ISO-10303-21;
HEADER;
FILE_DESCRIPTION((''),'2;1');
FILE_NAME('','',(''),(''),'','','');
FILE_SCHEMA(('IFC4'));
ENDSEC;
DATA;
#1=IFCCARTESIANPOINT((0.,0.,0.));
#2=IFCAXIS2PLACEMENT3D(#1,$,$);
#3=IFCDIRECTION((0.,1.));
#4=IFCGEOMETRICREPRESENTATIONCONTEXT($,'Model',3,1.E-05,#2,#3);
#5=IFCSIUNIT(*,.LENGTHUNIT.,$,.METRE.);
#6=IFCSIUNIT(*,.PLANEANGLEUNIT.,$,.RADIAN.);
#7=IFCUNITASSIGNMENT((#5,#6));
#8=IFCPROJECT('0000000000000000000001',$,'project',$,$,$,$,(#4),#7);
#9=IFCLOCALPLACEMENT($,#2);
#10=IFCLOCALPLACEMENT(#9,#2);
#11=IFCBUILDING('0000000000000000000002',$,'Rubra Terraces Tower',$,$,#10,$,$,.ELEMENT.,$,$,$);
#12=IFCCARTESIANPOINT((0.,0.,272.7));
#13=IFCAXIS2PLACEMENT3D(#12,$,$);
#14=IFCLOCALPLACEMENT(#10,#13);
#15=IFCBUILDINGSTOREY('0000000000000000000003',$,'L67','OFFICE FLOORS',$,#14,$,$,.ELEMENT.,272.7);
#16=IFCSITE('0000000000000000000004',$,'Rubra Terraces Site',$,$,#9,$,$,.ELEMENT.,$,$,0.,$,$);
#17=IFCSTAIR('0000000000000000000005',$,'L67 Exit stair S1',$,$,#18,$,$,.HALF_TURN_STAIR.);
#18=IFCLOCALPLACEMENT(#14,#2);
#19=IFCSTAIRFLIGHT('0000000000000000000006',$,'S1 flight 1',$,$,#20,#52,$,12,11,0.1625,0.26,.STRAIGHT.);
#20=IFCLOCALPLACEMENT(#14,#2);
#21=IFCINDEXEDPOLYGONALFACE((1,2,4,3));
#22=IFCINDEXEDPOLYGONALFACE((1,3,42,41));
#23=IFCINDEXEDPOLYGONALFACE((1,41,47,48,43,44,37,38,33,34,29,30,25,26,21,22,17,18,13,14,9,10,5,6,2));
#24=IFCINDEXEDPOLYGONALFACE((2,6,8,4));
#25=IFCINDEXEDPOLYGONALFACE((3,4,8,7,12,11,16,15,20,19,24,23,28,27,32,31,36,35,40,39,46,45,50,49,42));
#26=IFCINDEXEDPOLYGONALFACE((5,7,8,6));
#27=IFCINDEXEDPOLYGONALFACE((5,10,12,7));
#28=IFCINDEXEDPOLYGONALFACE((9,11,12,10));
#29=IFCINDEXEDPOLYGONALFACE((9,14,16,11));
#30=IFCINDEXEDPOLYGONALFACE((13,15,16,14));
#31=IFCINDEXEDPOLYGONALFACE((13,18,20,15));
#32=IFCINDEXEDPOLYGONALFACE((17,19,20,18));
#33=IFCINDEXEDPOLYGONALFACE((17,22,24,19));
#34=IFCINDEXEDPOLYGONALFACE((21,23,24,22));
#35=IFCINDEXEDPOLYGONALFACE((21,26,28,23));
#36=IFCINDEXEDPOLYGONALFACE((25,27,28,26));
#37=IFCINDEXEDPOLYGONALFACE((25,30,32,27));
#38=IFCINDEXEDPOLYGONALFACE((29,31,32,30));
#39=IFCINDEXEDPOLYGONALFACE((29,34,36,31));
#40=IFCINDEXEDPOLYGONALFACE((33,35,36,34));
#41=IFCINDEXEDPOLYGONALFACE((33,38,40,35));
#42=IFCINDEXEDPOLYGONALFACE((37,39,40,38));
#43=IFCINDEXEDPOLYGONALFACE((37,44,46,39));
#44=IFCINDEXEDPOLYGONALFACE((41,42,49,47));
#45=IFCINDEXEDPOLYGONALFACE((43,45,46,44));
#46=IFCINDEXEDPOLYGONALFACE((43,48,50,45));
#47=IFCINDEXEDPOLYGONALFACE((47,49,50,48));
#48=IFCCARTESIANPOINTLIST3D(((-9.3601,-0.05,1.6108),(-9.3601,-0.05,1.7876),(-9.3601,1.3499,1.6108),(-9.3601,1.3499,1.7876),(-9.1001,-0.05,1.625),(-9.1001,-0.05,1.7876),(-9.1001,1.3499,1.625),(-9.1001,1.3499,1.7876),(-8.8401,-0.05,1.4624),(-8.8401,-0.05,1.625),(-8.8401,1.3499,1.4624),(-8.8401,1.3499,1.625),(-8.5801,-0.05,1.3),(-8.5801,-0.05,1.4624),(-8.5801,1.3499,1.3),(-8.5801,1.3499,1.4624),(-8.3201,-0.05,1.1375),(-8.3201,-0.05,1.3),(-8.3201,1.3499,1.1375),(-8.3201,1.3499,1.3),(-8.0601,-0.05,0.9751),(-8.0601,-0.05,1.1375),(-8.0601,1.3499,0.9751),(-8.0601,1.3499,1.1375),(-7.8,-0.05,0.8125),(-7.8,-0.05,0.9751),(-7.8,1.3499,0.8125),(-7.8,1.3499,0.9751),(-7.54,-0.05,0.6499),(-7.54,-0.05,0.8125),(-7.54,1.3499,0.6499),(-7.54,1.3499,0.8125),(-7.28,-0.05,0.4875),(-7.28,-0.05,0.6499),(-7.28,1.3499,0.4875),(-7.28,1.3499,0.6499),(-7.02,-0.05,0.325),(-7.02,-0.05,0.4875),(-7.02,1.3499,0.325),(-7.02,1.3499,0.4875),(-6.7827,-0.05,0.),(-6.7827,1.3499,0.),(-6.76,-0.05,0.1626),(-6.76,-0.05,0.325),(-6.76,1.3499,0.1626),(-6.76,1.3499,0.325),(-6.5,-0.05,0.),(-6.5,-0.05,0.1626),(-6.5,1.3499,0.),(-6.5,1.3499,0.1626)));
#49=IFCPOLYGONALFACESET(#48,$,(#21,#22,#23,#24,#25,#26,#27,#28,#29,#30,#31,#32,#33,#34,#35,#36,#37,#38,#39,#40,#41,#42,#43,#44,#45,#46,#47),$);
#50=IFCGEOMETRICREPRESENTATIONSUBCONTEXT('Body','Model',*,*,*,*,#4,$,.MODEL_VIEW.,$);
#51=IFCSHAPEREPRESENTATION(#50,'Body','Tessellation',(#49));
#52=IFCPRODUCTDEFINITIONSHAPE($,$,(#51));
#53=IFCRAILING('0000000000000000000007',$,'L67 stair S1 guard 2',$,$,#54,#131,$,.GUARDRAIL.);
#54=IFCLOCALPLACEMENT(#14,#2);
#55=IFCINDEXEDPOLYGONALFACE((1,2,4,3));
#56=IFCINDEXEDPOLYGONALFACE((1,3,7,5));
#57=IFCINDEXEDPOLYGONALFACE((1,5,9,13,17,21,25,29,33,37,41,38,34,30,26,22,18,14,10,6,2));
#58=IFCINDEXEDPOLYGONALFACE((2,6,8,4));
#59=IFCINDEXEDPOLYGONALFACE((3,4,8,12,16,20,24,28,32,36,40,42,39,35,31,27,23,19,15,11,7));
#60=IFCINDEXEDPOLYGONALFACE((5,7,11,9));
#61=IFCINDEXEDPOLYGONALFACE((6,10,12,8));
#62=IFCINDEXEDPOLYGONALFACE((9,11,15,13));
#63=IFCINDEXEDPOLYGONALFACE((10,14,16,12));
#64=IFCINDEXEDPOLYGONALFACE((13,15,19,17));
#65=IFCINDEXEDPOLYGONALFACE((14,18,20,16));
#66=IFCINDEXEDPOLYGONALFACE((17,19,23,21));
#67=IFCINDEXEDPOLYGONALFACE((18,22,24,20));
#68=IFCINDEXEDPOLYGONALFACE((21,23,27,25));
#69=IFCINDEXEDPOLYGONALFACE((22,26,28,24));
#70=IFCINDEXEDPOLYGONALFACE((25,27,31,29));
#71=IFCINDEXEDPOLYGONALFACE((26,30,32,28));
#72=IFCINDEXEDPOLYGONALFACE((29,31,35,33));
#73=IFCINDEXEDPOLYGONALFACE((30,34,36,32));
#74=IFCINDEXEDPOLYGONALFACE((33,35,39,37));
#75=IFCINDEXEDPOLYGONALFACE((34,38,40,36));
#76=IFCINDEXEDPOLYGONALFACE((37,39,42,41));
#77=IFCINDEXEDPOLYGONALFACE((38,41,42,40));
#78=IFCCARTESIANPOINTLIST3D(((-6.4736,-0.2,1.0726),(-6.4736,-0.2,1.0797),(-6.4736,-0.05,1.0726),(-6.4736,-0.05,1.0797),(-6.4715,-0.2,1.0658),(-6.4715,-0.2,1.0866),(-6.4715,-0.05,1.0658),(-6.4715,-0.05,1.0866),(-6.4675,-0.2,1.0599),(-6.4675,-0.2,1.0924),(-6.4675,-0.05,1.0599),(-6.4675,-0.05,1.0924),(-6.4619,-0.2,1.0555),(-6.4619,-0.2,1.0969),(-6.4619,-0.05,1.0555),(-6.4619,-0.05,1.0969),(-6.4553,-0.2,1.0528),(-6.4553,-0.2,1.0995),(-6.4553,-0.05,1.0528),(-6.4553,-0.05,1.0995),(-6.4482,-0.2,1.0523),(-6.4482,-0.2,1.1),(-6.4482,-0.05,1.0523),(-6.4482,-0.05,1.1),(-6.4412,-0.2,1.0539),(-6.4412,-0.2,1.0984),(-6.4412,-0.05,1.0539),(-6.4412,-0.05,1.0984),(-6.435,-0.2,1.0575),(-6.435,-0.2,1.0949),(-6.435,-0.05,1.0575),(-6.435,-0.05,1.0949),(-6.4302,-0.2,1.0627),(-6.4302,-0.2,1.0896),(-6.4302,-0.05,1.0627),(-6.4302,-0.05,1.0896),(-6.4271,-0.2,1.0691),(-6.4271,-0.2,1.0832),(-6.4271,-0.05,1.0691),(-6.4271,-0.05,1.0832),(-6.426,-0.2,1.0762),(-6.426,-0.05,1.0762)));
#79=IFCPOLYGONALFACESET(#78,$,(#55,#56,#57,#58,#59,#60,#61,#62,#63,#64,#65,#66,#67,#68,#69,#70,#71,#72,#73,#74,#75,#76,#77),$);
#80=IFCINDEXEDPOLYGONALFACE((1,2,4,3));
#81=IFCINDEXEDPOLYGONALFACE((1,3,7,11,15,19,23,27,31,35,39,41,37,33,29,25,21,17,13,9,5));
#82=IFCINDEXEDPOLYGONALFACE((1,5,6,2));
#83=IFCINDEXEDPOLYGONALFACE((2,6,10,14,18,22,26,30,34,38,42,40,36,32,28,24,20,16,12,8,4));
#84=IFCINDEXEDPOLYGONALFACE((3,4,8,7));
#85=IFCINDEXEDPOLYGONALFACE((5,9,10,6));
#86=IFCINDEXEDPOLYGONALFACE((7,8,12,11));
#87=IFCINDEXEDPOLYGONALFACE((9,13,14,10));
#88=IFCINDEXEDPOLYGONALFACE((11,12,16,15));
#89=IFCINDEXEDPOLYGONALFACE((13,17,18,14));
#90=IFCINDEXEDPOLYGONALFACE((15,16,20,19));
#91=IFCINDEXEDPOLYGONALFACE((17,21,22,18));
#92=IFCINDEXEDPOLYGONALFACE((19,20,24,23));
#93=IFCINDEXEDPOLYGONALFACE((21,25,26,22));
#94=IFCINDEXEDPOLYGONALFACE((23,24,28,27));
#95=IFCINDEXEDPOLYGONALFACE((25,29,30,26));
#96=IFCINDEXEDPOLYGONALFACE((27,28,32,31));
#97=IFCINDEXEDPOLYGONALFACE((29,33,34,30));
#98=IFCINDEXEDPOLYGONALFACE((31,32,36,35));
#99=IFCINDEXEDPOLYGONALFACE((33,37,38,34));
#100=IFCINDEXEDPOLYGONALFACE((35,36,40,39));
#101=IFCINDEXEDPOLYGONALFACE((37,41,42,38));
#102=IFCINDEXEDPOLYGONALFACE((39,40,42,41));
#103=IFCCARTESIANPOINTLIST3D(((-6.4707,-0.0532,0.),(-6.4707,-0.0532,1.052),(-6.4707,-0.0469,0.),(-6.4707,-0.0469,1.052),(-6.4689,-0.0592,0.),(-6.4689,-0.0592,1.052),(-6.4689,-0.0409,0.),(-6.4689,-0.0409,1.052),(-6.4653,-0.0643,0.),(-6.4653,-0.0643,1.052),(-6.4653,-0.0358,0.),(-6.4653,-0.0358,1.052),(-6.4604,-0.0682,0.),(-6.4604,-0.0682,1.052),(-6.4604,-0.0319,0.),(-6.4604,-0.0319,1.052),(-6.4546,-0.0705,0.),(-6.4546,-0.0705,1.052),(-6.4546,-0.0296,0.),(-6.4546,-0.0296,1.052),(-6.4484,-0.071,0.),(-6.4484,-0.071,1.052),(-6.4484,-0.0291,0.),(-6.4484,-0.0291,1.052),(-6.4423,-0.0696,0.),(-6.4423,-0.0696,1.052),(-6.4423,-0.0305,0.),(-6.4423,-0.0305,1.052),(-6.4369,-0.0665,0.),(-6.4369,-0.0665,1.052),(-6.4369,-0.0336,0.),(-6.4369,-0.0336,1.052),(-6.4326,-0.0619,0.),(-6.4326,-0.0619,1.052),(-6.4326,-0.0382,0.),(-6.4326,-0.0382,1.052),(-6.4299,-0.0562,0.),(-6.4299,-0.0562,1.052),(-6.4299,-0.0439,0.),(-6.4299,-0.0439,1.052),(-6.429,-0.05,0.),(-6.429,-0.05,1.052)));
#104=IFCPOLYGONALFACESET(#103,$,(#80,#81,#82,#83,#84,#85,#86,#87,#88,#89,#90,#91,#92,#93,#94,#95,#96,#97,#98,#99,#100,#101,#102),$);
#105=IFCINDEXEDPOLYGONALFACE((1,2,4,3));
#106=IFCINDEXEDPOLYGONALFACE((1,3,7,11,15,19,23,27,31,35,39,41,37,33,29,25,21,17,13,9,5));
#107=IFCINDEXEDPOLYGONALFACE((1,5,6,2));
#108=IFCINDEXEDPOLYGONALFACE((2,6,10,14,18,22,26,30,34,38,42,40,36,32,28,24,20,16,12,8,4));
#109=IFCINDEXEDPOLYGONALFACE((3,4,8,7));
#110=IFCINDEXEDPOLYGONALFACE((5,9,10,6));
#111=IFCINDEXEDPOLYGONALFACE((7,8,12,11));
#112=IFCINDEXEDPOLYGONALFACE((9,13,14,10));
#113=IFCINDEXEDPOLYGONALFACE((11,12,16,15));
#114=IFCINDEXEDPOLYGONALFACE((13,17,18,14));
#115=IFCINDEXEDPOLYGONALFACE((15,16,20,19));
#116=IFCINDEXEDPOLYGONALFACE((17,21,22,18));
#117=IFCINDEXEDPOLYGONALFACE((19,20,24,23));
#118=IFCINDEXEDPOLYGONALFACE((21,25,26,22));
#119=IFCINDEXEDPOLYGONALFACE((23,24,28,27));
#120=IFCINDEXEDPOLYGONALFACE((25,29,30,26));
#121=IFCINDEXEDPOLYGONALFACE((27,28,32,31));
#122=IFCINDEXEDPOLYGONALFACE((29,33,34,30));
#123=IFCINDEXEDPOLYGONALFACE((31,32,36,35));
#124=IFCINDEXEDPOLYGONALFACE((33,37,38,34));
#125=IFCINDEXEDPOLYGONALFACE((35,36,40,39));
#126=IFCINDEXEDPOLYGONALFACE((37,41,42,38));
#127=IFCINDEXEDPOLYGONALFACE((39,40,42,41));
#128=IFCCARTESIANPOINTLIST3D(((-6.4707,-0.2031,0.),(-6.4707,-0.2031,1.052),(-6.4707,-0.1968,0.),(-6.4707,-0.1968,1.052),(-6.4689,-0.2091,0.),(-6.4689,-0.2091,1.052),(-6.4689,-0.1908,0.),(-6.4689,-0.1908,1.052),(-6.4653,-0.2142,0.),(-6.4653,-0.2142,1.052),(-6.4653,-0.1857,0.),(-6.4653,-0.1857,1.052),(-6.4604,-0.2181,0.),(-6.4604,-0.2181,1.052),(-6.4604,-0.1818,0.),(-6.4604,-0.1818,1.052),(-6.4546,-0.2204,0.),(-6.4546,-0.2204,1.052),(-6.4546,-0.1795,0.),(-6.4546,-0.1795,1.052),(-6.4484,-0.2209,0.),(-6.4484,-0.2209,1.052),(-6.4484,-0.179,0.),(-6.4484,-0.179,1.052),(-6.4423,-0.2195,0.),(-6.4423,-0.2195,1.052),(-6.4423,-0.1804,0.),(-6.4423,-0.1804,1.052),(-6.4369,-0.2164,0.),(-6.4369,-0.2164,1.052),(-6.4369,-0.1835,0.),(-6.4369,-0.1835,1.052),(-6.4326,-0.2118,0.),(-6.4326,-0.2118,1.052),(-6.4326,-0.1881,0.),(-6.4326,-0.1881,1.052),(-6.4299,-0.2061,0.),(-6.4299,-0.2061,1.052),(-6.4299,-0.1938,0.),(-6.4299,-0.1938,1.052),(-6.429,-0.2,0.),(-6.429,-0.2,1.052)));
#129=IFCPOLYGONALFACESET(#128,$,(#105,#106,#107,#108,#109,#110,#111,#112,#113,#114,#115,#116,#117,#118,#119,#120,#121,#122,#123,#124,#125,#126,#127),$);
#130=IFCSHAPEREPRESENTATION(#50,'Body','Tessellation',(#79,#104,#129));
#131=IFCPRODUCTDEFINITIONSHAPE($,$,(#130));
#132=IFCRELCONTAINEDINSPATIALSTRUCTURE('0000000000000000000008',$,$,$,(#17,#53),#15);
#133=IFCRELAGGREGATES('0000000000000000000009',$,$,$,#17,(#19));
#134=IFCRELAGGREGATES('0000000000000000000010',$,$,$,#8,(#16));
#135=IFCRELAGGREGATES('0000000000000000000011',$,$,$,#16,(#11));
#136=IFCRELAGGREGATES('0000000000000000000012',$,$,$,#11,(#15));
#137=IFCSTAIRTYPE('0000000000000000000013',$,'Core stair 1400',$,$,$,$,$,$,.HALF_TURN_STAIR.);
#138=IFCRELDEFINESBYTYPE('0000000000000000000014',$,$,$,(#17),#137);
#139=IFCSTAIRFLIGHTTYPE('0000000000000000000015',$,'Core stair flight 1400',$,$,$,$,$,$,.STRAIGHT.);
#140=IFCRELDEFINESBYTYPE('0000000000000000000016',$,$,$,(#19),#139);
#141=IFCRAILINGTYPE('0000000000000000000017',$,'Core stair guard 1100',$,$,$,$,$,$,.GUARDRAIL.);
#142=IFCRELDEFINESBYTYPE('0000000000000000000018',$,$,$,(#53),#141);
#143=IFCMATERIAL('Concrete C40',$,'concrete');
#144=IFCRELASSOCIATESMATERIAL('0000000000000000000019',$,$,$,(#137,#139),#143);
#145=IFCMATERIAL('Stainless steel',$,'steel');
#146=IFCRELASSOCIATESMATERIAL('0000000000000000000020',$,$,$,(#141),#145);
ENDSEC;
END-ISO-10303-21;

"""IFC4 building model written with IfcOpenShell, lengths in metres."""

from ifc_helpers import new_model, si_unit, direction, frame, origin, origin_2d, place, context, subcontext, project, spatial, polyline, circle, outline, extrude, material, type_object, element, aggregate, save


model = new_model("IFC4")

# Units and contexts
model_context = context("Model", 3, precision=1e-05, world=origin(), true_north=direction((0.0, 1.0)))
body_context = subcontext(model_context, "Body", "Model", "MODEL_VIEW")
ifc_project = project(units=[si_unit("LENGTHUNIT", "METRE"), si_unit("PLANEANGLEUNIT", "RADIAN")], contexts=[model_context])

# Site, building, storey
site_placement = place(None, origin())
site = spatial("IfcSite", under=ifc_project, at=site_placement, Name="Rubra Terraces Site", CompositionType="ELEMENT", RefElevation=0.0)
building_placement = place(site_placement, origin())
building = spatial("IfcBuilding", under=site, at=building_placement, Name="Rubra Terraces Tower", CompositionType="ELEMENT")
storey_placement = place(building_placement, frame((0.0, 0.0, 272.7)))
storey = spatial("IfcBuildingStorey", under=building, at=storey_placement, Name="L67", Description="OFFICE FLOORS", CompositionType="ELEMENT", Elevation=272.7)

# Shared definitions
ifc_material_1 = material(Name="Stainless steel", Category="steel")

# Shared definitions
ifc_material_2 = material(Name="Concrete C40", Category="concrete")

# Stair, stair flight
stair_type = type_object("IfcStairType", Name="Core stair 1400", PredefinedType="HALF_TURN_STAIR", material=ifc_material_2)
stair_placement = place(storey_placement, origin())
stair = element("IfcStair", 1, at=stair_placement, inside=storey, type_object=stair_type, Name="L67 Exit stair S1", PredefinedType="HALF_TURN_STAIR")
stair_flight_type = type_object("IfcStairFlightType", Name="Core stair flight 1400", PredefinedType="STRAIGHT", material=ifc_material_2)
stair_flight_placement = place(storey_placement, frame((-6.5, 0.6499, 0.0), z_axis=(0.0, 0.0, 1.0), x_axis=(-1.0, 0.0, 0.0)))
stair_flight = element("IfcStairFlight", 2, at=stair_flight_placement, type_object=stair_flight_type, Name="S1 flight 1", NumberOfRisers=12, NumberOfTreads=11, PredefinedType="STRAIGHT", RiserHeight=0.1625, TreadLength=0.26, context=body_context, shape_type="SweptSolid", body=[
    extrude(outline(polyline([(0.0, 0.0), (0.0, 0.1626), (0.26, 0.1626), (0.26, 0.325), (0.52, 0.325), (0.52, 0.4875), (0.78, 0.4875), (0.78, 0.6499), (1.04, 0.6499), (1.04, 0.8125), (1.3, 0.8125), (1.3, 0.9751), (1.5601, 0.9751), (1.5601, 1.1375), (1.8201, 1.1375), (1.8201, 1.3), (2.0801, 1.3), (2.0801, 1.4624), (2.3401, 1.4624), (2.3401, 1.625), (2.6001, 1.625), (2.6001, 1.7876), (2.8601, 1.7876), (2.8601, 1.95), (2.8601, 1.6108), (0.2827, 0.0), (0.0, 0.0)])), frame((0.0, 0.7, 0.0), z_axis=(0.0, -1.0, 0.0), x_axis=(1.0, 0.0, 0.0)), (0.0, 0.0, 1.0), 1.3999),
])
aggregate(stair, [stair_flight])

# Railing
railing_type_1 = type_object("IfcRailingType", Name="Core stair guard 1100", PredefinedType="GUARDRAIL", material=ifc_material_1)
railing_1_placement = place(storey_placement, frame((-6.45, -0.05, 0.0)))
element("IfcRailing", 3, at=railing_1_placement, inside=storey, type_object=railing_type_1, Name="L67 stair S1 guard 2", PredefinedType="GUARDRAIL", context=body_context, shape_type="SweptSolid", body=[
    extrude(circle(Radius=0.0239, at=origin_2d()), frame((0.0, 0.0, 1.0762), z_axis=(0.0, -1.0, 0.0), x_axis=(1.0, 0.0, 0.0)), (0.0, 0.0, 1.0), 0.1499),
    extrude(circle(Radius=0.021, at=origin_2d()), origin(), (0.0, 0.0, 1.0), 1.052),
    extrude(circle(Radius=0.021, at=origin_2d()), frame((0.0, -0.1499, 0.0)), (0.0, 0.0, 1.0), 1.052),
])

save(model, "model.ifc")
